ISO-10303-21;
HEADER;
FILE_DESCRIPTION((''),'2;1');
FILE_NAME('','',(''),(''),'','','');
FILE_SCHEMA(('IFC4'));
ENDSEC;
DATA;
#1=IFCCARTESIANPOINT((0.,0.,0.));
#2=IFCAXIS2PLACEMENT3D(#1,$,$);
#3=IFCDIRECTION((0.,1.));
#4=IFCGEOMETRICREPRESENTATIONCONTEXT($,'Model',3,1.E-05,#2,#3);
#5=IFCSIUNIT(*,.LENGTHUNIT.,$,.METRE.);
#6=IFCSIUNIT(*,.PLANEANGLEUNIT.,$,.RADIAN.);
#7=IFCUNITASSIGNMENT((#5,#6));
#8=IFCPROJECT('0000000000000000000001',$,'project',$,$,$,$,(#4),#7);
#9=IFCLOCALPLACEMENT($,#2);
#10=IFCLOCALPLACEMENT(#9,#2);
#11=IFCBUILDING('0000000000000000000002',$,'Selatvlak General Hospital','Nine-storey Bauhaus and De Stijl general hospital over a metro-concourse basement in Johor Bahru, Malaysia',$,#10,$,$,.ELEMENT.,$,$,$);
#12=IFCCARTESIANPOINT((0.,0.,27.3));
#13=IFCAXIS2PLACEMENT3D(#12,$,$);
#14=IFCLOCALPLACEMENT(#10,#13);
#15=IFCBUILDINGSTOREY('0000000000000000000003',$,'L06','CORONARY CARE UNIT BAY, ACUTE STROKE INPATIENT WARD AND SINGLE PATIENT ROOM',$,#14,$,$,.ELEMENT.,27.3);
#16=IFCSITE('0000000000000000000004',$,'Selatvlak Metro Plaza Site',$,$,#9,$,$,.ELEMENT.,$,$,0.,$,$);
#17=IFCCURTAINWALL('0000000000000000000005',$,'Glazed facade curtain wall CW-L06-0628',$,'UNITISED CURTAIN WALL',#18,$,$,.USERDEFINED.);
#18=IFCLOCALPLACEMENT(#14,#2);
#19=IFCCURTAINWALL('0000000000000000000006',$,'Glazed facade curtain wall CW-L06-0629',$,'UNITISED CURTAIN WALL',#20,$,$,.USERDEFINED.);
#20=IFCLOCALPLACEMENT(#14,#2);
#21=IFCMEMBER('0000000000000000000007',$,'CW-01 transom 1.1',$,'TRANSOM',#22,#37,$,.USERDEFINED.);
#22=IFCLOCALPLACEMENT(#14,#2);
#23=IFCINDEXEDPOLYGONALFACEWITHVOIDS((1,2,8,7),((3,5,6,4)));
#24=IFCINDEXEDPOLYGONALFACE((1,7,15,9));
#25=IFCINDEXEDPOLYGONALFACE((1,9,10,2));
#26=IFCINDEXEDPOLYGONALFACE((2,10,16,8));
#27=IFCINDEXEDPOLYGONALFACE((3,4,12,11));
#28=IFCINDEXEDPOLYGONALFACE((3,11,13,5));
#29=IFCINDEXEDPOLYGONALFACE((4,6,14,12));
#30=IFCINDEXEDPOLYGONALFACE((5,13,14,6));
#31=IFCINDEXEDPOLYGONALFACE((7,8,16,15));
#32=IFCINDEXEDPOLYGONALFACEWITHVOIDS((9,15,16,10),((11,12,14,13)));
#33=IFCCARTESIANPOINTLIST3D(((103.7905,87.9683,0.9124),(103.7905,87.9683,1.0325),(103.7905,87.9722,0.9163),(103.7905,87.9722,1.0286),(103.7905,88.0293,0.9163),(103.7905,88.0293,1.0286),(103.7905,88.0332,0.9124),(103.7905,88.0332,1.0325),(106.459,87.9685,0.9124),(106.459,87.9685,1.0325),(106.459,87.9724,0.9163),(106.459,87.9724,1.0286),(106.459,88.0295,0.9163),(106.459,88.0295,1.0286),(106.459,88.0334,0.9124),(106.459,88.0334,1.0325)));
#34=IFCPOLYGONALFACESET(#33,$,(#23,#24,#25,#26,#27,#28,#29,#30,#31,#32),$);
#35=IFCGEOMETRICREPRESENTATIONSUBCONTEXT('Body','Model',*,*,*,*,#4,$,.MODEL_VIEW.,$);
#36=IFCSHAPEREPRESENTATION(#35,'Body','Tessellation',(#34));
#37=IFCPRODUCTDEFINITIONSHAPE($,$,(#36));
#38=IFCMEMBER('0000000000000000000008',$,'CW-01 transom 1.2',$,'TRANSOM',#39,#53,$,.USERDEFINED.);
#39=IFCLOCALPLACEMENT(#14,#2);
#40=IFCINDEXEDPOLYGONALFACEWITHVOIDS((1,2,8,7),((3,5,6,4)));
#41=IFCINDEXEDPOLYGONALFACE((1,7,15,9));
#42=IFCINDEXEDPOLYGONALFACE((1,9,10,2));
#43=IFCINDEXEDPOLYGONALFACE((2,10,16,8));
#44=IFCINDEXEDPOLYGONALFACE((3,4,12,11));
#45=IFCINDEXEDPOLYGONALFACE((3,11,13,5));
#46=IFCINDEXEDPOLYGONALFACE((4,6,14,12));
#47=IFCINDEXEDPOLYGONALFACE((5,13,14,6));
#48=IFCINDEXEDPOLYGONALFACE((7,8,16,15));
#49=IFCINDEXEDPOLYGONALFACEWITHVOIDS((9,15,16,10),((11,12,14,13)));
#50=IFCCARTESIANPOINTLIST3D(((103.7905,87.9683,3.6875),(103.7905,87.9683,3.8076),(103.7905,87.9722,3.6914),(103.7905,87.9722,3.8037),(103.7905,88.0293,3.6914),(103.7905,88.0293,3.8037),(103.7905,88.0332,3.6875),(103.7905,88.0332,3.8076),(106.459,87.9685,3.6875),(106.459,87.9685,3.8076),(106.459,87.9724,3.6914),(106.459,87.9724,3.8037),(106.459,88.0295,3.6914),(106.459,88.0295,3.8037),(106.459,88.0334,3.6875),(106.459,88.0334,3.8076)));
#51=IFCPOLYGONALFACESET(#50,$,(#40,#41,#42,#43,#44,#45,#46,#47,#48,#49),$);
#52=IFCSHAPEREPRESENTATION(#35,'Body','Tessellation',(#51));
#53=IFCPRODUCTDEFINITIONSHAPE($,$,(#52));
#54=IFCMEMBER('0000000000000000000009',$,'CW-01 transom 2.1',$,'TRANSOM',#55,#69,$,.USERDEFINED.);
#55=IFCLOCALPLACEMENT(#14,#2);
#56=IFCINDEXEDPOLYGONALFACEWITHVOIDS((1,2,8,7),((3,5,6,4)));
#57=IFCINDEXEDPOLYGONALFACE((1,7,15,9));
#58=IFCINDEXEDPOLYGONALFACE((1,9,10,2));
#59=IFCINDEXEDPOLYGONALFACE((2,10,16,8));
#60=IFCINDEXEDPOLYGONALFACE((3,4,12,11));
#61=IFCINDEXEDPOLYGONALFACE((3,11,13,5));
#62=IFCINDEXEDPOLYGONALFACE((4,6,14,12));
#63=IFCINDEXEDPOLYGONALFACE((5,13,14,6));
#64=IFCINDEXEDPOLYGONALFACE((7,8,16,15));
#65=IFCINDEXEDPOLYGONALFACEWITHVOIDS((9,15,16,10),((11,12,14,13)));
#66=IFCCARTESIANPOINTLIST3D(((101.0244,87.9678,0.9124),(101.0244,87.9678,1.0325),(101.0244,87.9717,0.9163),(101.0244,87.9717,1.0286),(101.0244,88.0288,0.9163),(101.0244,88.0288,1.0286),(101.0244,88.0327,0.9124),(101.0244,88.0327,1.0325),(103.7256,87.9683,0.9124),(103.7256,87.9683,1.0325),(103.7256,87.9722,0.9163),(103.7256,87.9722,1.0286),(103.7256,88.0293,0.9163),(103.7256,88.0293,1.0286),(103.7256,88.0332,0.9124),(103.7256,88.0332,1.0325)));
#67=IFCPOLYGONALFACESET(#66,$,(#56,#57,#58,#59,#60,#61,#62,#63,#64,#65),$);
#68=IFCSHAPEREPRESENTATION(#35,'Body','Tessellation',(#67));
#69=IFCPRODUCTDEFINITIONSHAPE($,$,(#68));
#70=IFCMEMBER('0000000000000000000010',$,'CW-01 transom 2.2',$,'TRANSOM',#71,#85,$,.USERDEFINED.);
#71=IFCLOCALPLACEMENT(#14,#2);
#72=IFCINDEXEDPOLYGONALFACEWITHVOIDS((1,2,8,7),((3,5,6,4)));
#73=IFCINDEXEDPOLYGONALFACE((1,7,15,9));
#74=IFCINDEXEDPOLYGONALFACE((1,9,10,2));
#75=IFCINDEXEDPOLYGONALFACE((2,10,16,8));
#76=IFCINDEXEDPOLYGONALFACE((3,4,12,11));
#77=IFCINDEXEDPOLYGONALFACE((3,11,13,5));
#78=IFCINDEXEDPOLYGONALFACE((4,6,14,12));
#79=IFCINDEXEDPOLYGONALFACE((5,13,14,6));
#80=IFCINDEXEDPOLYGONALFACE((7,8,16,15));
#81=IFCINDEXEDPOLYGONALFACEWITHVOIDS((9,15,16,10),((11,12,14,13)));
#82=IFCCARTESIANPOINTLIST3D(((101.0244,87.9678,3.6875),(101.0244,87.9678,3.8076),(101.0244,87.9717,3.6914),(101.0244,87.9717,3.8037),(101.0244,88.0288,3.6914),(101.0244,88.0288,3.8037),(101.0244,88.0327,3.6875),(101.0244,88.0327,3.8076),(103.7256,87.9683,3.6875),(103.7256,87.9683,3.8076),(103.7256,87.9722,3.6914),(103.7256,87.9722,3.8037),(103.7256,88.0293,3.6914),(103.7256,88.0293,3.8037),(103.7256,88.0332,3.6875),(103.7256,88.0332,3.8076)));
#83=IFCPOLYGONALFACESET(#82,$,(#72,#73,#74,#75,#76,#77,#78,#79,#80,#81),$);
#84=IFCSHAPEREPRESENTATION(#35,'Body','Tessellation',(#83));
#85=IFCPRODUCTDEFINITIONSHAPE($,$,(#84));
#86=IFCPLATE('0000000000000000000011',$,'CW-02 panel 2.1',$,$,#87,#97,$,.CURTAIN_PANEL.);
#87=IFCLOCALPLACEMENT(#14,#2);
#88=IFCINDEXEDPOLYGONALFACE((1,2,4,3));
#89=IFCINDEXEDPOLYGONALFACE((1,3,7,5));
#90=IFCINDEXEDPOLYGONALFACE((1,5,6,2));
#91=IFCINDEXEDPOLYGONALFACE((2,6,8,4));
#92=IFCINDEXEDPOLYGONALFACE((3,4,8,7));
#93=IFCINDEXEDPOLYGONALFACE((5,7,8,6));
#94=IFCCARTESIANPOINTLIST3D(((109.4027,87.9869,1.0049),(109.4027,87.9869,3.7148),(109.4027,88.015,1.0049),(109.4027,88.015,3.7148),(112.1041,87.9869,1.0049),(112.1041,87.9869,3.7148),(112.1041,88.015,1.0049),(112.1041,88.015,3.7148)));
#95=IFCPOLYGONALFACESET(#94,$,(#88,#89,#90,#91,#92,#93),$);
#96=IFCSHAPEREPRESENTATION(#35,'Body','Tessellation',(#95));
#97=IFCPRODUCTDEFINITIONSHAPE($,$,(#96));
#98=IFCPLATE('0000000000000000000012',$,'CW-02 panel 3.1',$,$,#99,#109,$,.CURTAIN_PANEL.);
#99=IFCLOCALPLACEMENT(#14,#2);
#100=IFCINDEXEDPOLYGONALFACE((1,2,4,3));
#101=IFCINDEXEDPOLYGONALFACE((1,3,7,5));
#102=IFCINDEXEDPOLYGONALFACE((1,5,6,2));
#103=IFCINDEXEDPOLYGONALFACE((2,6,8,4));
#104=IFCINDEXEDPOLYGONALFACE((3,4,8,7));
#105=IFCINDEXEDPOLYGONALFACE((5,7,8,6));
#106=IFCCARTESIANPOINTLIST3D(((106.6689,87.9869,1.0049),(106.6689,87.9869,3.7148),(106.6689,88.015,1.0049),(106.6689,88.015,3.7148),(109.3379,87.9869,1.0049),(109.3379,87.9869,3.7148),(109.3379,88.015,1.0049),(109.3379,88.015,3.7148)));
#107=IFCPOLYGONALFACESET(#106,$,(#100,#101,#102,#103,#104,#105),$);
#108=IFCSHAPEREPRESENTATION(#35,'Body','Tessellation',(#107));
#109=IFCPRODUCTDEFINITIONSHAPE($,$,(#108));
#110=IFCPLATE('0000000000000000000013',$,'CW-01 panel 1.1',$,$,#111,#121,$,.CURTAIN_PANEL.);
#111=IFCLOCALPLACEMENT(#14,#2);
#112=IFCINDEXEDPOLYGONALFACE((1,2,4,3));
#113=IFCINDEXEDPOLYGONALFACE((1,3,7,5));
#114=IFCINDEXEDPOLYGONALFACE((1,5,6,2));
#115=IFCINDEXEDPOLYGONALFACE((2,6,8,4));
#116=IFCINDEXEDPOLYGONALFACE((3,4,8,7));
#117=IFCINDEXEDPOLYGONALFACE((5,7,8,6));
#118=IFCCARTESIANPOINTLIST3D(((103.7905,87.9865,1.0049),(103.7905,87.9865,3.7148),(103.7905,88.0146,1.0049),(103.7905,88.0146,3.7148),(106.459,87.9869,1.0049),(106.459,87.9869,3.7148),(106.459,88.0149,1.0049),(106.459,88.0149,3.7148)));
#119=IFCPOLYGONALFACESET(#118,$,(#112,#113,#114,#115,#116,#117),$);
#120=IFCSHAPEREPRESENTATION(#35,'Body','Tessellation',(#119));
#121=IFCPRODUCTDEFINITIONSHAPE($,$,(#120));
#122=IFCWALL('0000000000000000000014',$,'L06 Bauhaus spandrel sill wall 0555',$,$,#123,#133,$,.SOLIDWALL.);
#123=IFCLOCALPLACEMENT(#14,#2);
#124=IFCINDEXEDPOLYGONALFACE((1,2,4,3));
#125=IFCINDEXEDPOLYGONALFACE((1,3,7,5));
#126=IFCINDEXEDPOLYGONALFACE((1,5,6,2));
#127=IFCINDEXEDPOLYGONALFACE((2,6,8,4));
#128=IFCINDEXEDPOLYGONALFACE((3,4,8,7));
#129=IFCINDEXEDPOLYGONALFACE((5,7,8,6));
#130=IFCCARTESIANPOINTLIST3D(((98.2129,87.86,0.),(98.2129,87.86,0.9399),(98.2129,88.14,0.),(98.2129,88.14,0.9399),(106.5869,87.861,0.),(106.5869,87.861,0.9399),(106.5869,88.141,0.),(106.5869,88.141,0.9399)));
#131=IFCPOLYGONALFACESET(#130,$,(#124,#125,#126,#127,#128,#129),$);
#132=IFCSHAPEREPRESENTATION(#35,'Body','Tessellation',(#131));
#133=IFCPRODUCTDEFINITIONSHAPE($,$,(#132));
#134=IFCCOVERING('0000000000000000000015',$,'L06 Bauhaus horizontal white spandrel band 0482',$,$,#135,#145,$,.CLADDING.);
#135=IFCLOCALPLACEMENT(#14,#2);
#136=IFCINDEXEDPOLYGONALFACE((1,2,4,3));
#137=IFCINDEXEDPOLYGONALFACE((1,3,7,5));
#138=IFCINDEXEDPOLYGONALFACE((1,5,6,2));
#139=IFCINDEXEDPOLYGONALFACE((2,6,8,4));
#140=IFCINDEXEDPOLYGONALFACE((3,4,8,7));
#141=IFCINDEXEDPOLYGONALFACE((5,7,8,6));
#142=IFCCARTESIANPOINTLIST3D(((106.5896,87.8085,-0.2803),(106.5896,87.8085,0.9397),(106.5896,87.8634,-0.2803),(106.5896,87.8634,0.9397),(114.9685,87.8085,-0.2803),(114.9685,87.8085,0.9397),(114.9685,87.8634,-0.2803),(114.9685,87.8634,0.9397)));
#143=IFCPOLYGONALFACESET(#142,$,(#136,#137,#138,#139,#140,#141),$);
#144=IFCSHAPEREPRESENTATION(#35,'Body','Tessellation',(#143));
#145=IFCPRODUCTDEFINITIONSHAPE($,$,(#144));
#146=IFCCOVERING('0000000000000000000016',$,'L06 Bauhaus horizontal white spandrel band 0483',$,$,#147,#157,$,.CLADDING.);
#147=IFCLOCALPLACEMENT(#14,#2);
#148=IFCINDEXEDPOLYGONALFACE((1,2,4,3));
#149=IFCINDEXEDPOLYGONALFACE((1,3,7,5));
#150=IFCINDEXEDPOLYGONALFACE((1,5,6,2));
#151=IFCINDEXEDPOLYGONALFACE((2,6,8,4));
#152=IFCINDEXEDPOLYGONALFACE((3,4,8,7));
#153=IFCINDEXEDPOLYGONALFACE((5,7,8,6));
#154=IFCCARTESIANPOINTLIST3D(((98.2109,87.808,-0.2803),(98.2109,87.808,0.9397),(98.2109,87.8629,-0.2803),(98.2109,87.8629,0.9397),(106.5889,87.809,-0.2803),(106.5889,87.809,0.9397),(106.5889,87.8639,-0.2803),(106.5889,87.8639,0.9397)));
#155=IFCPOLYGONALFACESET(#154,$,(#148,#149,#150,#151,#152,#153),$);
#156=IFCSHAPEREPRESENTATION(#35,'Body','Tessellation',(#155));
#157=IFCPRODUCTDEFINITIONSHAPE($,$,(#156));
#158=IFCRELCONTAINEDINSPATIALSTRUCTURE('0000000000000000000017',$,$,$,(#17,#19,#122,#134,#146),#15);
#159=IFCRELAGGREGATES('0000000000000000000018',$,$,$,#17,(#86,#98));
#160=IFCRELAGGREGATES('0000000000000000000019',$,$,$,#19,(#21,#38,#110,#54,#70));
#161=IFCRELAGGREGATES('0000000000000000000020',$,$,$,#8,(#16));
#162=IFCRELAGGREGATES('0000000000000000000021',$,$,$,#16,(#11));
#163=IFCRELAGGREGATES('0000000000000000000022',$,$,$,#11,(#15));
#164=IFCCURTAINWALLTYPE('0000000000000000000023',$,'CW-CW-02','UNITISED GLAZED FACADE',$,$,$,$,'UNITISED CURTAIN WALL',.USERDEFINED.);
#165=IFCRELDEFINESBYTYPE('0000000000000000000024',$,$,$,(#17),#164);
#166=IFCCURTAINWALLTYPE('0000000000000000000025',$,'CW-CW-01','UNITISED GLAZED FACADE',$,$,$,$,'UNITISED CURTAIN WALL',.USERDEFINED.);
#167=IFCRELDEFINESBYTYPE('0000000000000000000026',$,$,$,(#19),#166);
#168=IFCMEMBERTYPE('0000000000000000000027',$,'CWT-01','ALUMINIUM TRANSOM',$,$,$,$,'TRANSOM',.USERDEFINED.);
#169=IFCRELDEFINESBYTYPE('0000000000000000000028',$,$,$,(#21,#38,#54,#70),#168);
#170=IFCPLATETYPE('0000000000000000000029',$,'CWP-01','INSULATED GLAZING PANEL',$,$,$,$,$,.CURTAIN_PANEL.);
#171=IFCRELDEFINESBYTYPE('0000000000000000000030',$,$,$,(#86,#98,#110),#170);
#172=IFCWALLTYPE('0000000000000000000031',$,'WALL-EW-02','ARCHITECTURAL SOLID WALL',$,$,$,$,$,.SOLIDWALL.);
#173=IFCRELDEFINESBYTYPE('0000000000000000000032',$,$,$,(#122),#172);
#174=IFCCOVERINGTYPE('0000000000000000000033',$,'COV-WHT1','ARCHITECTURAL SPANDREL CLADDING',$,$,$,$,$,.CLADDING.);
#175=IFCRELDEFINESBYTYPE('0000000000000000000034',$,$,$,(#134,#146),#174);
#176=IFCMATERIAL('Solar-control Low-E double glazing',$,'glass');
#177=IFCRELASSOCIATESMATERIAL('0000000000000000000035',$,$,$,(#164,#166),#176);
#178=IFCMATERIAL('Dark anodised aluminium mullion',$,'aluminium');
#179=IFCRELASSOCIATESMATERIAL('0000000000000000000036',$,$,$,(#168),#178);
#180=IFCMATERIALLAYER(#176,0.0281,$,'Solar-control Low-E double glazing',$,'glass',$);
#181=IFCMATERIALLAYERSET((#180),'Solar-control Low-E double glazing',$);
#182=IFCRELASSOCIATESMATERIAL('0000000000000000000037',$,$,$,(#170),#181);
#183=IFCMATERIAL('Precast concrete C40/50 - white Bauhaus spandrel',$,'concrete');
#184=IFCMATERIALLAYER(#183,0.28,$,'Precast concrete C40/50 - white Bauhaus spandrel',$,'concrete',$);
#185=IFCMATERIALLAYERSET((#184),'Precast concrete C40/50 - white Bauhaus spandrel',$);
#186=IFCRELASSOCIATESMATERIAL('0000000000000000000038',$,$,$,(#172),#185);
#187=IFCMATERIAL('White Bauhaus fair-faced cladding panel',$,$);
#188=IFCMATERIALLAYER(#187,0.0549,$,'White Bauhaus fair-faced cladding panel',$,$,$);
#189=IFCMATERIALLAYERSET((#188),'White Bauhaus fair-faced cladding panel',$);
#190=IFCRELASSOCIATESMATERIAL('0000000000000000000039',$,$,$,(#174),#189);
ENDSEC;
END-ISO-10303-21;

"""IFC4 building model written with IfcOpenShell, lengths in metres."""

from ifc_helpers import new_model, si_unit, direction, frame, frame_2d, origin, origin_2d, place, context, subcontext, project, spatial, rectangle, hollow_rectangle, extrude, material, layer, layer_set, material_profile, profile_set, type_object, element, aggregate, save


model = new_model("IFC4")

# Units and contexts
model_context = context("Model", 3, precision=1e-05, world=origin(), true_north=direction((0.0, 1.0)))
body_context = subcontext(model_context, "Body", "Model", "MODEL_VIEW")
ifc_project = project(units=[si_unit("LENGTHUNIT", "METRE"), si_unit("PLANEANGLEUNIT", "RADIAN")], contexts=[model_context])

# Site, building, storey
site_placement = place(None, origin())
site = spatial("IfcSite", under=ifc_project, at=site_placement, Name="Selatvlak Metro Plaza Site", CompositionType="ELEMENT", RefElevation=0.0)
building_placement = place(site_placement, origin())
building = spatial("IfcBuilding", under=site, at=building_placement, Name="Selatvlak General Hospital", Description="Nine-storey Bauhaus and De Stijl general hospital over a metro-concourse basement in Johor Bahru, Malaysia", CompositionType="ELEMENT")
storey_placement = place(building_placement, frame((0.0, 0.0, 27.3)))
storey = spatial("IfcBuildingStorey", under=building, at=storey_placement, Name="L06", Description="CORONARY CARE UNIT BAY, ACUTE STROKE INPATIENT WARD AND SINGLE PATIENT ROOM", CompositionType="ELEMENT", Elevation=27.3)

# Curtain walls
ifc_material_1 = material(Name="Solar-control Low-E double glazing", Category="glass")
curtain_wall_type_1 = type_object("IfcCurtainWallType", Name="CW-CW-02", Description="UNITISED GLAZED FACADE", ElementType="UNITISED CURTAIN WALL", PredefinedType="USERDEFINED", material=ifc_material_1)
curtain_wall_1_placement = place(storey_placement, origin())
curtain_wall_1 = element("IfcCurtainWall", 1, at=curtain_wall_1_placement, inside=storey, type_object=curtain_wall_type_1, Name="Glazed facade curtain wall CW-L06-0628", ObjectType="UNITISED CURTAIN WALL", PredefinedType="USERDEFINED")
ifc_material_2 = material(Name="Dark anodised aluminium mullion", Category="aluminium")
curtain_wall_type_2 = type_object("IfcCurtainWallType", Name="CW-CW-01", Description="UNITISED GLAZED FACADE", ElementType="UNITISED CURTAIN WALL", PredefinedType="USERDEFINED", material=ifc_material_1)
curtain_wall_2_placement = place(storey_placement, origin())
curtain_wall_2 = element("IfcCurtainWall", 2, at=curtain_wall_2_placement, inside=storey, type_object=curtain_wall_type_2, Name="Glazed facade curtain wall CW-L06-0629", ObjectType="UNITISED CURTAIN WALL", PredefinedType="USERDEFINED")

# Members
ifc_material_profile_1 = material_profile(ifc_material_2, hollow_rectangle(XDim=0.0649, YDim=0.1201, WallThickness=0.0039, at=origin_2d()), Name="AL-TRN 65x120x4")
ifc_profile_set_1 = profile_set([ifc_material_profile_1], Name="Dark anodised aluminium mullion")
member_type_1 = type_object("IfcMemberType", Name="CWT-01", Description="ALUMINIUM TRANSOM", ElementType="TRANSOM", PredefinedType="USERDEFINED", material=ifc_profile_set_1)
member_1_placement = place(storey_placement, frame((106.459, 88.001, 0.9724), z_axis=(-1.0, -0.000091, 0.0), x_axis=(0.000091, -1.0, 0.0)))
member_1 = element("IfcMember", 3, at=member_1_placement, type_object=member_type_1, Name="CW-01 transom 1.1", ObjectType="TRANSOM", PredefinedType="USERDEFINED", context=body_context, shape_type="SweptSolid", body=[
    extrude(hollow_rectangle(XDim=0.0649, YDim=0.1201, WallThickness=0.0039, at=origin_2d()), origin(), (0.0, 0.0, 1.0), 2.6685),
])
member_2_placement = place(storey_placement, frame((106.459, 88.001, 3.7476), z_axis=(-1.0, -0.000091, 0.0), x_axis=(0.000091, -1.0, 0.0)))
member_2 = element("IfcMember", 4, at=member_2_placement, type_object=member_type_1, Name="CW-01 transom 1.2", ObjectType="TRANSOM", PredefinedType="USERDEFINED", context=body_context, shape_type="SweptSolid", body=[
    extrude(hollow_rectangle(XDim=0.0649, YDim=0.1201, WallThickness=0.0039, at=origin_2d()), origin(), (0.0, 0.0, 1.0), 2.6685),
])
member_3_placement = place(storey_placement, frame((103.7256, 88.0007, 0.9724), z_axis=(-1.0, -0.000181, 0.0), x_axis=(0.000181, -1.0, 0.0)))
member_3 = element("IfcMember", 5, at=member_3_placement, type_object=member_type_1, Name="CW-01 transom 2.1", ObjectType="TRANSOM", PredefinedType="USERDEFINED", context=body_context, shape_type="SweptSolid", body=[
    extrude(hollow_rectangle(XDim=0.0649, YDim=0.1201, WallThickness=0.0039, at=origin_2d()), origin(), (0.0, 0.0, 1.0), 2.7012),
])
member_4_placement = place(storey_placement, frame((103.7256, 88.0007, 3.7476), z_axis=(-1.0, -0.000181, 0.0), x_axis=(0.000181, -1.0, 0.0)))
member_4 = element("IfcMember", 6, at=member_4_placement, type_object=member_type_1, Name="CW-01 transom 2.2", ObjectType="TRANSOM", PredefinedType="USERDEFINED", context=body_context, shape_type="SweptSolid", body=[
    extrude(hollow_rectangle(XDim=0.0649, YDim=0.1201, WallThickness=0.0039, at=origin_2d()), origin(), (0.0, 0.0, 1.0), 2.7012),
])

# Plates
ifc_layer_1 = layer(ifc_material_1, 0.0281, Name="Solar-control Low-E double glazing", Category="glass")
ifc_layer_set_1 = layer_set([ifc_layer_1], Name="Solar-control Low-E double glazing")
plate_type = type_object("IfcPlateType", Name="CWP-01", Description="INSULATED GLAZING PANEL", PredefinedType="CURTAIN_PANEL", material=ifc_layer_set_1)
plate_1_placement = place(storey_placement, frame((110.7534, 88.001, 1.0049), z_axis=(0.0, 0.0, 1.0), x_axis=(-1.0, 0.0, 0.0)))
plate_1 = element("IfcPlate", 7, at=plate_1_placement, type_object=plate_type, Name="CW-02 panel 2.1", PredefinedType="CURTAIN_PANEL", context=body_context, shape_type="SweptSolid", body=[
    extrude(rectangle(XDim=2.7014, YDim=0.0281, at=origin_2d()), origin(), (0.0, 0.0, 1.0), 2.71),
])
plate_2_placement = place(storey_placement, frame((108.0034, 88.001, 1.0049), z_axis=(0.0, 0.0, 1.0), x_axis=(-1.0, 0.0, 0.0)))
plate_2 = element("IfcPlate", 8, at=plate_2_placement, type_object=plate_type, Name="CW-02 panel 3.1", PredefinedType="CURTAIN_PANEL", context=body_context, shape_type="SweptSolid", body=[
    extrude(rectangle(XDim=2.6689, YDim=0.0281, at=origin_2d()), origin(), (0.0, 0.0, 1.0), 2.71),
])
aggregate(curtain_wall_1, [plate_1, plate_2])
plate_3_placement = place(storey_placement, frame((105.1248, 88.0007, 1.0049), z_axis=(0.0, 0.0, 1.0), x_axis=(-1.0, -0.000121, 0.0)))
plate_3 = element("IfcPlate", 9, at=plate_3_placement, type_object=plate_type, Name="CW-01 panel 1.1", PredefinedType="CURTAIN_PANEL", context=body_context, shape_type="SweptSolid", body=[
    extrude(rectangle(XDim=2.6685, YDim=0.0281, at=origin_2d()), origin(), (0.0, 0.0, 1.0), 2.71),
])
aggregate(curtain_wall_2, [member_1, member_2, plate_3, member_3, member_4])

# Wall
ifc_material_3 = material(Name="Precast concrete C40/50 - white Bauhaus spandrel", Category="concrete")
ifc_layer_2 = layer(ifc_material_3, 0.28, Name="Precast concrete C40/50 - white Bauhaus spandrel", Category="concrete")
ifc_layer_set_2 = layer_set([ifc_layer_2], Name="Precast concrete C40/50 - white Bauhaus spandrel")
wall_type = type_object("IfcWallType", Name="WALL-EW-02", Description="ARCHITECTURAL SOLID WALL", PredefinedType="SOLIDWALL", material=ifc_layer_set_2)
wall_placement = place(storey_placement, frame((106.5869, 88.001, 0.0), z_axis=(0.0, 0.0, 1.0), x_axis=(-1.0, -0.000117, 0.0)))
element("IfcWall", 10, at=wall_placement, inside=storey, type_object=wall_type, Name="L06 Bauhaus spandrel sill wall 0555", PredefinedType="SOLIDWALL", context=body_context, shape_type="SweptSolid", body=[
    extrude(rectangle(XDim=8.374, YDim=0.28, at=frame_2d((4.187, 0.0))), origin(), (0.0, 0.0, 1.0), 0.9399),
])

# Coverings
ifc_material_4 = material(Name="White Bauhaus fair-faced cladding panel")
ifc_layer_3 = layer(ifc_material_4, 0.0549, Name="White Bauhaus fair-faced cladding panel")
ifc_layer_set_3 = layer_set([ifc_layer_3], Name="White Bauhaus fair-faced cladding panel")
covering_type = type_object("IfcCoveringType", Name="COV-WHT1", Description="ARCHITECTURAL SPANDREL CLADDING", PredefinedType="CLADDING", material=ifc_layer_set_3)
covering_1_placement = place(storey_placement, frame((110.7791, 87.8359, -0.2803), z_axis=(0.0, 0.0, 1.0), x_axis=(-1.0, 0.0, 0.0)))
element("IfcCovering", 11, at=covering_1_placement, inside=storey, type_object=covering_type, Name="L06 Bauhaus horizontal white spandrel band 0482", PredefinedType="CLADDING", context=body_context, shape_type="SweptSolid", body=[
    extrude(rectangle(XDim=8.3789, YDim=0.0549, at=origin_2d()), origin(), (0.0, 0.0, 1.0), 1.22),
])
covering_2_placement = place(storey_placement, frame((102.3999, 87.8359, -0.2803), z_axis=(0.0, 0.0, 1.0), x_axis=(-1.0, -0.000122, 0.0)))
element("IfcCovering", 12, at=covering_2_placement, inside=storey, type_object=covering_type, Name="L06 Bauhaus horizontal white spandrel band 0483", PredefinedType="CLADDING", context=body_context, shape_type="SweptSolid", body=[
    extrude(rectangle(XDim=8.3779, YDim=0.0549, at=origin_2d()), origin(), (0.0, 0.0, 1.0), 1.22),
])

save(model, "model.ifc")
